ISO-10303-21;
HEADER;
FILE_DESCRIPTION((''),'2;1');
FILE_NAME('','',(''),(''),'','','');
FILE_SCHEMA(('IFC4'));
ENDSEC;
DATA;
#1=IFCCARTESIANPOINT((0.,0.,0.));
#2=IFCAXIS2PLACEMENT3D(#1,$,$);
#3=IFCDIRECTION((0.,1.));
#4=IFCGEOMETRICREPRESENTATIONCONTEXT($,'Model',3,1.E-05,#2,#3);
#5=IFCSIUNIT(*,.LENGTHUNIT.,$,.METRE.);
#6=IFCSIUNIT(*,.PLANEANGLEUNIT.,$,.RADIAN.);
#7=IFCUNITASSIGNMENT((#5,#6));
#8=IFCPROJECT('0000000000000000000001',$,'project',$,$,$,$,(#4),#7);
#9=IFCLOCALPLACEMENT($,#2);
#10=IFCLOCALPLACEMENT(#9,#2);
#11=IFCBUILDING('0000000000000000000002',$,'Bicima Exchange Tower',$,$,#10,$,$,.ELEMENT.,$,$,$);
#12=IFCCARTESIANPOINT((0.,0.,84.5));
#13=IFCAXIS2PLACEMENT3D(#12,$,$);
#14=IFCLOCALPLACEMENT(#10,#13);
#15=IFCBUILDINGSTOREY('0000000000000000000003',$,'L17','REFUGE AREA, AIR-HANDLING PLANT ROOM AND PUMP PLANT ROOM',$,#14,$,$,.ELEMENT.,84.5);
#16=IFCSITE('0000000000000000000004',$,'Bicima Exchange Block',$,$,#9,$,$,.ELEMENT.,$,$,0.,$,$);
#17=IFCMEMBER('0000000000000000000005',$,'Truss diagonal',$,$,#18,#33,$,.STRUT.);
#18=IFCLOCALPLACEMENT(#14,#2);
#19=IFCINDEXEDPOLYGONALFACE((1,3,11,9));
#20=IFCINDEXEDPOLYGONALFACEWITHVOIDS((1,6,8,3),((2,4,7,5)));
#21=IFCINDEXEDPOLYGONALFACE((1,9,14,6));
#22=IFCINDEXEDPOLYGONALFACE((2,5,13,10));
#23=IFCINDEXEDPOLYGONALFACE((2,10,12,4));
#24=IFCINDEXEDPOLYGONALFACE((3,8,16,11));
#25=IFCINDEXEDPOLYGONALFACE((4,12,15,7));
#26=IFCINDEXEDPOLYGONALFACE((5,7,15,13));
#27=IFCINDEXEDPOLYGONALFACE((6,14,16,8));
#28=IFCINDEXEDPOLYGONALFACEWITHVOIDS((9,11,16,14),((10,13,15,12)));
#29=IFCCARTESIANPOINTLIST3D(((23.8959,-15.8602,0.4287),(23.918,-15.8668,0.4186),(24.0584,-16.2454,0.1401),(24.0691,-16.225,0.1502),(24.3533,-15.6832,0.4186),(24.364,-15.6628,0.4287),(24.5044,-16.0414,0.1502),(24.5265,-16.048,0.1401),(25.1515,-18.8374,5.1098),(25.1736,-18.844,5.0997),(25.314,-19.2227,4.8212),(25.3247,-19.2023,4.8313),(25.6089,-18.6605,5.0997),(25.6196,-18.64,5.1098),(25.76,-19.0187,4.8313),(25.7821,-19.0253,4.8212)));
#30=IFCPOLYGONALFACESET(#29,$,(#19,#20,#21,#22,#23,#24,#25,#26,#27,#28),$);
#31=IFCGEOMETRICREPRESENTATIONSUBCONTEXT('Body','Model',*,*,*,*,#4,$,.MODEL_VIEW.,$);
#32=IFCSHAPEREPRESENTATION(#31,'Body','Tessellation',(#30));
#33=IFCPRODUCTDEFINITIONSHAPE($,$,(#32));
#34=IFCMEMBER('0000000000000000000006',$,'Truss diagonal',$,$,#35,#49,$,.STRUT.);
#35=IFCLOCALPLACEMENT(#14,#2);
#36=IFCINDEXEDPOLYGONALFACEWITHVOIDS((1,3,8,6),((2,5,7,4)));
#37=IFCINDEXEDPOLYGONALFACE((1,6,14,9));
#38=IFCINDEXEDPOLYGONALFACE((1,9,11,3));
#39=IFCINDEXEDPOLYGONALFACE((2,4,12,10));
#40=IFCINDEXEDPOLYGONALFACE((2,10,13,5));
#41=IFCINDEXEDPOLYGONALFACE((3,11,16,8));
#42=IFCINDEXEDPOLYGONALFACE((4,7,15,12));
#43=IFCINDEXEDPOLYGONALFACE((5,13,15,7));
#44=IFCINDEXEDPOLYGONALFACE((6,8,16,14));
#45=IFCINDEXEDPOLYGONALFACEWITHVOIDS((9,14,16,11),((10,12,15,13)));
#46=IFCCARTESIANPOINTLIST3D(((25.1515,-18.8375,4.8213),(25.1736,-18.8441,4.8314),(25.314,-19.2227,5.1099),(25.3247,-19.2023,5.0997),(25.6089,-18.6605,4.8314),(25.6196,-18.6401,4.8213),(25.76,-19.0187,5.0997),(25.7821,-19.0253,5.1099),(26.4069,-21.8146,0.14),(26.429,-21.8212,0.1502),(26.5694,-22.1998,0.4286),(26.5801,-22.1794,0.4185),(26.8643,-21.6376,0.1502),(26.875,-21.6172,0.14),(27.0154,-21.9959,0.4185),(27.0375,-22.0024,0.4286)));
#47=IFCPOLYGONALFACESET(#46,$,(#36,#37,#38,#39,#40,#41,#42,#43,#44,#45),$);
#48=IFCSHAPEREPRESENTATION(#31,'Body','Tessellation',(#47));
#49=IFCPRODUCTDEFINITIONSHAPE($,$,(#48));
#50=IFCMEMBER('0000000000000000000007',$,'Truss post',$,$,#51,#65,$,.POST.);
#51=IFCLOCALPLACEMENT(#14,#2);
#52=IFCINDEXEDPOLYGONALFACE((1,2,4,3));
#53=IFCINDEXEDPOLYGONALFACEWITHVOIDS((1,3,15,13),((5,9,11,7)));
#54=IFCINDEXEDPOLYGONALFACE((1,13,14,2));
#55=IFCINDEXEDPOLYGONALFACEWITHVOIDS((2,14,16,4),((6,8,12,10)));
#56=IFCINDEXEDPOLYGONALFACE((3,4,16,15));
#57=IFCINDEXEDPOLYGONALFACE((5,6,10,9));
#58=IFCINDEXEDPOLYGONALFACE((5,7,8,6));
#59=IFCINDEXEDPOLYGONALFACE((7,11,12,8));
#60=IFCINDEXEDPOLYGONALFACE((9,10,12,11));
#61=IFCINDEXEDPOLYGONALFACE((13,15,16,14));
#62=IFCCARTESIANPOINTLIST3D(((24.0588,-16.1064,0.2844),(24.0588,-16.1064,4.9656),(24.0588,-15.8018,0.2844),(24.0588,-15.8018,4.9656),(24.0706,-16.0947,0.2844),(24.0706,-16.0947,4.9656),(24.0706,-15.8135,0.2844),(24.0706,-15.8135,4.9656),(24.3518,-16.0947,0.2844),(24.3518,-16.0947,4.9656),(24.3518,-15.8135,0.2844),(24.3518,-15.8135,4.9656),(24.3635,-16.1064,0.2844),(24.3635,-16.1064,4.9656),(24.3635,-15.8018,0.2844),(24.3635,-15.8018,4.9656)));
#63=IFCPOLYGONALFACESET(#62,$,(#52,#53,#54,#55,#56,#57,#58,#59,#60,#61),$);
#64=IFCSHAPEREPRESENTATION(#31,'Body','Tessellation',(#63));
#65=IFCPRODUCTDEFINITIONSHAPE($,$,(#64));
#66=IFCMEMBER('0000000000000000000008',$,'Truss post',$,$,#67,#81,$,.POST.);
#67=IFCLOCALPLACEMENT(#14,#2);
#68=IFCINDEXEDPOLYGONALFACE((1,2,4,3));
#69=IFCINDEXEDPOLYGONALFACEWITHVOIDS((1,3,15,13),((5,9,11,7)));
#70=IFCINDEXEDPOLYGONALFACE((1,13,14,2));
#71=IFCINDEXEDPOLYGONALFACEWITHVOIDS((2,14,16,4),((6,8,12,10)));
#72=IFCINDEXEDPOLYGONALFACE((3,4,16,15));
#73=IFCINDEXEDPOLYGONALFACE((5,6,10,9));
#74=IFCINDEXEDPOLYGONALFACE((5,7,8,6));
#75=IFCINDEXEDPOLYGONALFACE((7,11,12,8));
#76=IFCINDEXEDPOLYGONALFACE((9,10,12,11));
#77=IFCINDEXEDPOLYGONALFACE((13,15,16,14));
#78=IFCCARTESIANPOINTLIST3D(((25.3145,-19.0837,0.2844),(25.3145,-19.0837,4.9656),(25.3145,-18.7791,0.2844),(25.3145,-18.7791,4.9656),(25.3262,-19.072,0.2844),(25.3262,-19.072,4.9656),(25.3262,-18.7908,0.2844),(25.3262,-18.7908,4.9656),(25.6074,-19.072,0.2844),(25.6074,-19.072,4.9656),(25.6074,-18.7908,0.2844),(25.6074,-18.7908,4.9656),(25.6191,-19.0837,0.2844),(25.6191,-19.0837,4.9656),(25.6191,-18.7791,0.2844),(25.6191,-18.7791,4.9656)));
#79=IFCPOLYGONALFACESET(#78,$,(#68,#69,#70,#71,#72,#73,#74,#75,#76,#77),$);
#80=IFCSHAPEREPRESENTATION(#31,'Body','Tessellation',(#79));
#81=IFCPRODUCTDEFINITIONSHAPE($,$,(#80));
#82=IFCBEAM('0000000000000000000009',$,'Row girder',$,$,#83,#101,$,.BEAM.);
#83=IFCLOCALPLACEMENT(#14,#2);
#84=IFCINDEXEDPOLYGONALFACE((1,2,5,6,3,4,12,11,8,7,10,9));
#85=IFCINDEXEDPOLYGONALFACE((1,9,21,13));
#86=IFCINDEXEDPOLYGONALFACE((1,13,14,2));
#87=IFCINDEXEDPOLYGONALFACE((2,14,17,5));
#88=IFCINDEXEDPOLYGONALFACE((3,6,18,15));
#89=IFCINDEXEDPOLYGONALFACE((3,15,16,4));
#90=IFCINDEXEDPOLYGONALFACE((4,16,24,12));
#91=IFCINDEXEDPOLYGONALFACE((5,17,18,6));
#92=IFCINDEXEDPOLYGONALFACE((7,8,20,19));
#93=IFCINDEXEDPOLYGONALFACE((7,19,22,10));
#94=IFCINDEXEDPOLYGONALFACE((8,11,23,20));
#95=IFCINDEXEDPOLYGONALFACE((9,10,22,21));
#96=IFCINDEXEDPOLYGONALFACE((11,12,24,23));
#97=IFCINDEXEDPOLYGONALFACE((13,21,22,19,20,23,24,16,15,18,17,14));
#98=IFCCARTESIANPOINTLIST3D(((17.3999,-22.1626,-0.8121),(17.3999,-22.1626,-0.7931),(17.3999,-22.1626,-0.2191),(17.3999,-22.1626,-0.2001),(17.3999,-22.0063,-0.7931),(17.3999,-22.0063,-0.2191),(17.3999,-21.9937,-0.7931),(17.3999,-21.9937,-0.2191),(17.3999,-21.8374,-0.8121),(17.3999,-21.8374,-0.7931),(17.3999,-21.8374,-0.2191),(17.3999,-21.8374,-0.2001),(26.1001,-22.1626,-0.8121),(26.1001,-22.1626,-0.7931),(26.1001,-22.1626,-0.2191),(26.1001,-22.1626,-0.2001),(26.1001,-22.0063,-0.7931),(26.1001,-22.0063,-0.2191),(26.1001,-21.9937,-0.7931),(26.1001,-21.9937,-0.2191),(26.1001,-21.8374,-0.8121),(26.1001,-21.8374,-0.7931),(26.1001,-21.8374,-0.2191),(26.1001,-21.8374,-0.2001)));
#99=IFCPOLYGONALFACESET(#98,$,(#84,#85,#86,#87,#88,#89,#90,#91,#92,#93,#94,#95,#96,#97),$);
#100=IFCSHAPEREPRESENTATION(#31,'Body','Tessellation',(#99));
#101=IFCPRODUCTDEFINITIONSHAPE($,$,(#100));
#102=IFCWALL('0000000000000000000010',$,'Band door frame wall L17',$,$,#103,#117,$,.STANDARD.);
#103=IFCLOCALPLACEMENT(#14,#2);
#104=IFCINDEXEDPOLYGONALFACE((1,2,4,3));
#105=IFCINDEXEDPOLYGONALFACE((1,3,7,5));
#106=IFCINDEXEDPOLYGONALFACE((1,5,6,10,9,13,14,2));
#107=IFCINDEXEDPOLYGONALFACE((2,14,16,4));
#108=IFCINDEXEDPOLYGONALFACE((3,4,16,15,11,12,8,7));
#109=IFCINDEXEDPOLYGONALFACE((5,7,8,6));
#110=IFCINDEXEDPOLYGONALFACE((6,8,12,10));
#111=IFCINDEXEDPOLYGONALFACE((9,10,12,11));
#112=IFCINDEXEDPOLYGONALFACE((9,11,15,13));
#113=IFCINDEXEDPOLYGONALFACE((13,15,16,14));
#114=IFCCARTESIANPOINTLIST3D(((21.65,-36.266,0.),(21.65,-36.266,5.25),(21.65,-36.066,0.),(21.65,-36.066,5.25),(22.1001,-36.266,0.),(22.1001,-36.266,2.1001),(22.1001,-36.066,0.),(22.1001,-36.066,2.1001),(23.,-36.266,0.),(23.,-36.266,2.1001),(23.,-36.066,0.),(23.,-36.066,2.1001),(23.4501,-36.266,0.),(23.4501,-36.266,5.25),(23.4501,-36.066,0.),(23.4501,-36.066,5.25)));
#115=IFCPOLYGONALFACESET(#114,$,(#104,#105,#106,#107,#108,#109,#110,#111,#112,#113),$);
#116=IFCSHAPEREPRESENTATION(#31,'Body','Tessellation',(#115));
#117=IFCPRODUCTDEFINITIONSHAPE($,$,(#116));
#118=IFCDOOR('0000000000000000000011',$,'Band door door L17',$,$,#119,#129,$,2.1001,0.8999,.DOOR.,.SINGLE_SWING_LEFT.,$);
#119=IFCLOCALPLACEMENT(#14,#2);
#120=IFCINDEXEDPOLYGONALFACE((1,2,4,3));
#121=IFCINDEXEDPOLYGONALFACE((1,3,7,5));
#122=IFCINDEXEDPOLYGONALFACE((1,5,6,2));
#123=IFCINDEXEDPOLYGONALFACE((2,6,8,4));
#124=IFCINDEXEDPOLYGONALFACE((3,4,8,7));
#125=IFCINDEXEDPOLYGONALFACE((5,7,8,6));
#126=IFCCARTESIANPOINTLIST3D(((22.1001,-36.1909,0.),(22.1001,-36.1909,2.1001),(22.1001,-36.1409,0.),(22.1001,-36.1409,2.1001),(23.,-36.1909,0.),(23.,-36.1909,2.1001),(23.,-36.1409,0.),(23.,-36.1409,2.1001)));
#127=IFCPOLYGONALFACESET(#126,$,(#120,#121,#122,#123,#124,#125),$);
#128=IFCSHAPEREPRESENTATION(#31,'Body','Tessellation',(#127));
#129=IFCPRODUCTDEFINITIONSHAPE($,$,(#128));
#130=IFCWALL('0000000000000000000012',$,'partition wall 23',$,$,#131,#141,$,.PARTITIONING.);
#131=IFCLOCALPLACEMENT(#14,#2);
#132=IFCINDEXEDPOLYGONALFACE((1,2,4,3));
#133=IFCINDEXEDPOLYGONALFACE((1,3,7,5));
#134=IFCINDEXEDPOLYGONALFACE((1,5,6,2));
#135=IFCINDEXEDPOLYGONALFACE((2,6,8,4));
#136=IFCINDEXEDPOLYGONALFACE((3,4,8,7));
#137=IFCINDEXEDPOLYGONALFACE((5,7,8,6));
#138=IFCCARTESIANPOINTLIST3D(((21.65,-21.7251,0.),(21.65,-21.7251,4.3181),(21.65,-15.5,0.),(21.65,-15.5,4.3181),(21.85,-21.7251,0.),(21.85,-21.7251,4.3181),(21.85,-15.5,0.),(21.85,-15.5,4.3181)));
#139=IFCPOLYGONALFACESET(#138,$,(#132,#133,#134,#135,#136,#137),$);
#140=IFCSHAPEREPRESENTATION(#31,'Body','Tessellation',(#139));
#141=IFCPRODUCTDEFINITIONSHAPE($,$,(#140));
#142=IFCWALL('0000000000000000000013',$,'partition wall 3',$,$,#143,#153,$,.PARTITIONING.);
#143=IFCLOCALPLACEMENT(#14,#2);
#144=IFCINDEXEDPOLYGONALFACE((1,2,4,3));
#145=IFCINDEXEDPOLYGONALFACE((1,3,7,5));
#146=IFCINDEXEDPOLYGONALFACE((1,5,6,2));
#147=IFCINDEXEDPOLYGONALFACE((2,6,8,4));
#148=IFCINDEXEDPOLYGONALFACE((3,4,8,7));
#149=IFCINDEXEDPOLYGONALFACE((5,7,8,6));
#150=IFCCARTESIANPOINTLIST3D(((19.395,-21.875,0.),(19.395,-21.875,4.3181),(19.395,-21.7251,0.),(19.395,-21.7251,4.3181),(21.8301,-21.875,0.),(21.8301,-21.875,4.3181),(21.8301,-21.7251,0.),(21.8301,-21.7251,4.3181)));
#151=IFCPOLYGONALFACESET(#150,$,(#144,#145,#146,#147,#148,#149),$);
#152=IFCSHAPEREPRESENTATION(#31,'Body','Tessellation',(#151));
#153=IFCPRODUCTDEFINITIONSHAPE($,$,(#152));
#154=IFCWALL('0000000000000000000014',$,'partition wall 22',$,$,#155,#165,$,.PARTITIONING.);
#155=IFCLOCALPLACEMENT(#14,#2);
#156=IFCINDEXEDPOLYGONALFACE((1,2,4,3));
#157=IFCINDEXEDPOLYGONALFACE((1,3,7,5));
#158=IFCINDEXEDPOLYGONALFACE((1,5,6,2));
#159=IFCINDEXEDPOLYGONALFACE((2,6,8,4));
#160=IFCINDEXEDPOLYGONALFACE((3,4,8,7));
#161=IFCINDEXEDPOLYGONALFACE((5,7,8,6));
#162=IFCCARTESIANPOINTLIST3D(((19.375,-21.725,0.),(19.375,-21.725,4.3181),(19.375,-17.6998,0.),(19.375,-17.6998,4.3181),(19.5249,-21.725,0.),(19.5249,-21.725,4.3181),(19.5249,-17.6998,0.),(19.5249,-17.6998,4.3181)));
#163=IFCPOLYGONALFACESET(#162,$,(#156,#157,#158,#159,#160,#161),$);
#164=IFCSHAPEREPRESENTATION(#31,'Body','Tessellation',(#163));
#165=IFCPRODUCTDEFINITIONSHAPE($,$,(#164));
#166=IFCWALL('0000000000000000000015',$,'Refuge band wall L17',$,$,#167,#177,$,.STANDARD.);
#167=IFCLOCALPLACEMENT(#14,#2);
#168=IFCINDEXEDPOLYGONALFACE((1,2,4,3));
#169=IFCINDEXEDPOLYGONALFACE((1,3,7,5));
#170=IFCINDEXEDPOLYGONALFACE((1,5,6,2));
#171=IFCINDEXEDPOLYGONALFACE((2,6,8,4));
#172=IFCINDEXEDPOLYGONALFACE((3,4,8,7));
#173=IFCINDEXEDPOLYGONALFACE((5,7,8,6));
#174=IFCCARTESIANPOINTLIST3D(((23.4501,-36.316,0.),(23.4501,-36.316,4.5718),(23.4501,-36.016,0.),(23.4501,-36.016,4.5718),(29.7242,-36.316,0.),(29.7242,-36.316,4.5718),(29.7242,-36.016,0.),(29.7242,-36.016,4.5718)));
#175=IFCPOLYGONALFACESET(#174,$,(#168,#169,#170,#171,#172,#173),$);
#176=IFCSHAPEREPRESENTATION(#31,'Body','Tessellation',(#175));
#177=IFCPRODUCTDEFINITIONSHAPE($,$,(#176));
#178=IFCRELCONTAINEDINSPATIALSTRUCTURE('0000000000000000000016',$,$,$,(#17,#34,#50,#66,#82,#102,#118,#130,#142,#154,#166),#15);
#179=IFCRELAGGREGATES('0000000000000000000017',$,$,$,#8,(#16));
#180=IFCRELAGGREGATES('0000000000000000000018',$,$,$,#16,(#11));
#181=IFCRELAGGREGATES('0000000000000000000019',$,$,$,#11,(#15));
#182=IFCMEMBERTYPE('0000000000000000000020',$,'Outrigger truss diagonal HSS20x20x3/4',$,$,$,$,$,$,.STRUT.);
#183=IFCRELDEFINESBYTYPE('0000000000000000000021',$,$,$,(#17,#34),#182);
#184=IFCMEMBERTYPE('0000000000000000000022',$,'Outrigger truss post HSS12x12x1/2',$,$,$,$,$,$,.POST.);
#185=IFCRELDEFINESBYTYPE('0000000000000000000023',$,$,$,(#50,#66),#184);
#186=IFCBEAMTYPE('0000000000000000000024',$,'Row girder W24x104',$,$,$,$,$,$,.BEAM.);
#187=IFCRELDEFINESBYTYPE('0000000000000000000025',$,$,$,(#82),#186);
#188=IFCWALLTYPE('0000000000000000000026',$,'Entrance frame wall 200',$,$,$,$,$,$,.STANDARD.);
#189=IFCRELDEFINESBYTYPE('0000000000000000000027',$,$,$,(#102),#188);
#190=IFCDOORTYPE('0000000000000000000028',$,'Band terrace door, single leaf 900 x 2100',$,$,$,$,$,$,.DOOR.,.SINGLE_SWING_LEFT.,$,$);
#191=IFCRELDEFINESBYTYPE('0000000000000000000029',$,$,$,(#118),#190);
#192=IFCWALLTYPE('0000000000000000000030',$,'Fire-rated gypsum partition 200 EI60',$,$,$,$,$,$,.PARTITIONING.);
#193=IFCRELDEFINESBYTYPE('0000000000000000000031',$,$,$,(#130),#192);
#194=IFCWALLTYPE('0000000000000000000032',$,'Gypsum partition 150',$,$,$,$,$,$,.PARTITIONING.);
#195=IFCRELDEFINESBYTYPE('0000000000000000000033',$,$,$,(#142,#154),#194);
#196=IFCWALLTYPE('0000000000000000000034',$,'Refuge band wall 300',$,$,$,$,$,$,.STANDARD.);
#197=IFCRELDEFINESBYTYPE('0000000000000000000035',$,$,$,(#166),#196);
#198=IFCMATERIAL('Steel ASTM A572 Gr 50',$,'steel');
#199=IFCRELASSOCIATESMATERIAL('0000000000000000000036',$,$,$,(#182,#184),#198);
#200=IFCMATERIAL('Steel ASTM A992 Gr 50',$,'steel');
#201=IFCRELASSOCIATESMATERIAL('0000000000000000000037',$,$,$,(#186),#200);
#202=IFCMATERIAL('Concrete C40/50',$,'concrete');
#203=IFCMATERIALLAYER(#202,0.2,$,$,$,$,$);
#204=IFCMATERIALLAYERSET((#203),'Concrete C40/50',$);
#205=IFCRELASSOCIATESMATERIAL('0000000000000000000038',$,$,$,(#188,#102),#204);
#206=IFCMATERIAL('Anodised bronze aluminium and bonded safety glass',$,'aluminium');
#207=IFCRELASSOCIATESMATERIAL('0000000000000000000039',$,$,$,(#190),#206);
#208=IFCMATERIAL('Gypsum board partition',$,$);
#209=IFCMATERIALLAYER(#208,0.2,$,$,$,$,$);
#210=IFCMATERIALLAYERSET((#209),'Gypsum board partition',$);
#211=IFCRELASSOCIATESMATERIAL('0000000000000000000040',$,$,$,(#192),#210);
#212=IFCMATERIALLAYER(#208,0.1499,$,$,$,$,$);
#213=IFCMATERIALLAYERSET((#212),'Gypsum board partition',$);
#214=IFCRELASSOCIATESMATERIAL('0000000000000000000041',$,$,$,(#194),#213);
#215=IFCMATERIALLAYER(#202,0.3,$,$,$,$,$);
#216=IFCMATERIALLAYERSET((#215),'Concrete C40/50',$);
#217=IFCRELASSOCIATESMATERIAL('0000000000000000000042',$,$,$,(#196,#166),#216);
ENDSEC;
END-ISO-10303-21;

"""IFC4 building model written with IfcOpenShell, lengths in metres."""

from ifc_helpers import new_model, si_unit, direction, frame, frame_2d, origin, origin_2d, place, context, subcontext, project, spatial, rectangle, hollow_rectangle, i_section, extrude, material, layer, layer_set, layer_usage, material_profile, profile_set, type_object, element, fill, save


model = new_model("IFC4")

# Units and contexts
model_context = context("Model", 3, precision=1e-05, world=origin(), true_north=direction((0.0, 1.0)))
body_context = subcontext(model_context, "Body", "Model", "MODEL_VIEW")
ifc_project = project(units=[si_unit("LENGTHUNIT", "METRE"), si_unit("PLANEANGLEUNIT", "RADIAN")], contexts=[model_context])

# Site, building, storey
site_placement = place(None, origin())
site = spatial("IfcSite", under=ifc_project, at=site_placement, Name="Bicima Exchange Block", CompositionType="ELEMENT", RefElevation=0.0)
building_placement = place(site_placement, origin())
building = spatial("IfcBuilding", under=site, at=building_placement, Name="Bicima Exchange Tower", CompositionType="ELEMENT")
storey_placement = place(building_placement, frame((0.0, 0.0, 84.5)))
storey = spatial("IfcBuildingStorey", under=building, at=storey_placement, Name="L17", Description="REFUGE AREA, AIR-HANDLING PLANT ROOM AND PUMP PLANT ROOM", CompositionType="ELEMENT", Elevation=84.5)

# Shared definitions
ifc_material_1 = material(Name="Steel ASTM A992 Gr 50", Category="steel")

# Shared definitions
ifc_material_2 = material(Name="Steel ASTM A572 Gr 50", Category="steel")

# Members
ifc_material_profile_1 = material_profile(ifc_material_2, hollow_rectangle(XDim=0.5081, YDim=0.5081, WallThickness=0.0178, at=origin_2d()))
ifc_profile_set_1 = profile_set([ifc_material_profile_1], Name="Steel ASTM A572 Gr 50")
member_type_1 = type_object("IfcMemberType", Name="Outrigger truss diagonal HSS20x20x3/4", PredefinedType="STRUT", material=ifc_profile_set_1)
for number, where, z_axis, x_axis, name in (
    (1, (24.2112, -15.9541, 0.2844), (0.220746, -0.523429, 0.822979), (0.921412, 0.388587, 0.0), "Truss diagonal"),
    (2, (25.4668, -18.9314, 4.9656), (0.22071, -0.523403, -0.823005), (0.921428, 0.38855, 0.0), "Truss diagonal"),
):
    element("IfcMember", number, at=place(storey_placement, frame(where, z_axis=z_axis, x_axis=x_axis)), inside=storey, type_object=member_type_1, Name=name, PredefinedType="STRUT", context=body_context, shape_type="SweptSolid", body=[
        extrude(hollow_rectangle(XDim=0.5081, YDim=0.5081, WallThickness=0.0178, at=origin_2d()), origin(), (0.0, 0.0, 1.0), 5.688),
    ])
ifc_material_profile_2 = material_profile(ifc_material_2, hollow_rectangle(XDim=0.3047, YDim=0.3047, WallThickness=0.0117, at=origin_2d()))
ifc_profile_set_2 = profile_set([ifc_material_profile_2], Name="Steel ASTM A572 Gr 50")
member_type_2 = type_object("IfcMemberType", Name="Outrigger truss post HSS12x12x1/2", PredefinedType="POST", material=ifc_profile_set_2)
for number, where, z_axis, x_axis, name in (
    (3, (24.2112, -15.9541, 0.2844), (0.0, 0.0, 1.0), (1.0, 0.0, 0.0), "Truss post"),
    (4, (25.4668, -18.9314, 0.2844), (0.0, 0.0, 1.0), (1.0, 0.0, 0.0), "Truss post"),
):
    element("IfcMember", number, at=place(storey_placement, frame(where, z_axis=z_axis, x_axis=x_axis)), inside=storey, type_object=member_type_2, Name=name, PredefinedType="POST", context=body_context, shape_type="SweptSolid", body=[
        extrude(hollow_rectangle(XDim=0.3047, YDim=0.3047, WallThickness=0.0117, at=origin_2d()), origin(), (0.0, 0.0, 1.0), 4.6812),
    ])

# Beam
ifc_material_profile_3 = material_profile(ifc_material_1, i_section(OverallWidth=0.3252, OverallDepth=0.6121, WebThickness=0.0127, FlangeThickness=0.019, at=origin_2d()))
ifc_profile_set_3 = profile_set([ifc_material_profile_3], Name="Steel ASTM A992 Gr 50")
beam_type_1 = type_object("IfcBeamType", Name="Row girder W24x104", PredefinedType="BEAM", material=ifc_profile_set_3)
beam_placement = place(storey_placement, frame((17.3999, -22.0, -0.5061), z_axis=(1.0, 0.0, 0.0), x_axis=(0.0, 1.0, 0.0)))
element("IfcBeam", 5, at=beam_placement, inside=storey, type_object=beam_type_1, Name="Row girder", PredefinedType="BEAM", context=body_context, shape_type="SweptSolid", body=[
    extrude(i_section(OverallWidth=0.3252, OverallDepth=0.6121, WebThickness=0.0127, FlangeThickness=0.019, at=origin_2d()), origin(), (0.0, 0.0, 1.0), 8.7002),
])

# Wall, opening, door
ifc_material_3 = material(Name="Concrete C40/50", Category="concrete")
ifc_layer_1 = layer(ifc_material_3, 0.2)
ifc_layer_set_1 = layer_set([ifc_layer_1], Name="Concrete C40/50")
ifc_layer_usage_1 = layer_usage(ifc_layer_set_1, "AXIS2", "POSITIVE", -0.1)
wall_type_1 = type_object("IfcWallType", Name="Entrance frame wall 200", PredefinedType="STANDARD", material=ifc_layer_set_1)
wall_1_placement = place(storey_placement, frame((23.45, -36.166, 0.0), z_axis=(0.0, 0.0, 1.0), x_axis=(-1.0, 0.0, 0.0)))
wall_1 = element("IfcWall", 6, at=wall_1_placement, inside=storey, type_object=wall_type_1, material=ifc_layer_usage_1, Name="Band door frame wall L17", PredefinedType="STANDARD", context=body_context, shape_type="SweptSolid", body=[
    extrude(rectangle(XDim=1.8, YDim=0.2, at=frame_2d((0.8999, 0.0))), origin(), (0.0, 0.0, 1.0), 5.25),
])
opening_placement = place(wall_1_placement, frame((0.45, 0.0, 0.0)))
opening = element("IfcOpeningElement", 7, at=opening_placement, cuts=wall_1, PredefinedType="OPENING", context=body_context, shape_type="SweptSolid", body=[
    extrude(rectangle(XDim=0.8999, YDim=2.1001, at=frame_2d((0.45, 1.05))), frame((0.0, 0.1118, 0.0), z_axis=(0.0, -1.0, 0.0), x_axis=(1.0, 0.0, 0.0)), (0.0, 0.0, 1.0), 0.2239),
])
ifc_material_4 = material(Name="Anodised bronze aluminium and bonded safety glass", Category="aluminium")
door_type = type_object("IfcDoorType", Name="Band terrace door, single leaf 900 x 2100", OperationType="SINGLE_SWING_LEFT", PredefinedType="DOOR", material=ifc_material_4)
door_placement = place(opening_placement, origin())
door = element("IfcDoor", 8, at=door_placement, inside=storey, type_object=door_type, Name="Band door door L17", OperationType="SINGLE_SWING_LEFT", OverallHeight=2.1001, OverallWidth=0.8999, PredefinedType="DOOR", context=body_context, shape_type="SweptSolid", body=[
    extrude(rectangle(XDim=0.8999, YDim=2.1001, at=frame_2d((0.45, 1.05))), frame((0.0, 0.0249, 0.0), z_axis=(0.0, -1.0, 0.0), x_axis=(1.0, 0.0, 0.0)), (0.0, 0.0, 1.0), 0.05),
])
fill(opening, door)

# Walls
ifc_material_5 = material(Name="Gypsum board partition")
ifc_layer_2 = layer(ifc_material_5, 0.2)
ifc_layer_set_2 = layer_set([ifc_layer_2], Name="Gypsum board partition")
wall_type_2 = type_object("IfcWallType", Name="Fire-rated gypsum partition 200 EI60", PredefinedType="PARTITIONING", material=ifc_layer_set_2)
wall_2_placement = place(storey_placement, frame((21.75, -21.7251, 0.0), z_axis=(0.0, 0.0, 1.0), x_axis=(0.0, 1.0, 0.0)))
element("IfcWall", 9, at=wall_2_placement, inside=storey, type_object=wall_type_2, Name="partition wall 23", PredefinedType="PARTITIONING", context=body_context, shape_type="SweptSolid", body=[
    extrude(rectangle(XDim=6.2251, YDim=0.2, at=frame_2d((3.1125, 0.0))), origin(), (0.0, 0.0, 1.0), 4.3181),
])
ifc_layer_3 = layer(ifc_material_5, 0.1499)
ifc_layer_set_3 = layer_set([ifc_layer_3], Name="Gypsum board partition")
wall_type_3 = type_object("IfcWallType", Name="Gypsum partition 150", PredefinedType="PARTITIONING", material=ifc_layer_set_3)
wall_3_placement = place(storey_placement, frame((19.395, -21.8, 0.0), z_axis=(0.0, 0.0, 1.0), x_axis=(1.0, 0.0, 0.0)))
element("IfcWall", 10, at=wall_3_placement, inside=storey, type_object=wall_type_3, Name="partition wall 3", PredefinedType="PARTITIONING", context=body_context, shape_type="SweptSolid", body=[
    extrude(rectangle(XDim=2.4351, YDim=0.1499, at=frame_2d((1.2175, 0.0))), origin(), (0.0, 0.0, 1.0), 4.3181),
])
wall_4_placement = place(storey_placement, frame((19.45, -21.7251, 0.0), z_axis=(0.0, 0.0, 1.0), x_axis=(0.0, 1.0, 0.0)))
element("IfcWall", 11, at=wall_4_placement, inside=storey, type_object=wall_type_3, Name="partition wall 22", PredefinedType="PARTITIONING", context=body_context, shape_type="SweptSolid", body=[
    extrude(rectangle(XDim=4.0251, YDim=0.1499, at=frame_2d((2.0127, 0.0))), origin(), (0.0, 0.0, 1.0), 4.3181),
])
ifc_layer_4 = layer(ifc_material_3, 0.3)
ifc_layer_set_4 = layer_set([ifc_layer_4], Name="Concrete C40/50")
ifc_layer_usage_2 = layer_usage(ifc_layer_set_4, "AXIS2", "POSITIVE", -0.15)
wall_type_4 = type_object("IfcWallType", Name="Refuge band wall 300", PredefinedType="STANDARD", material=ifc_layer_set_4)
wall_5_placement = place(storey_placement, frame((23.45, -36.166, 0.0), z_axis=(0.0, 0.0, 1.0), x_axis=(1.0, 0.0, 0.0)))
element("IfcWall", 12, at=wall_5_placement, inside=storey, type_object=wall_type_4, material=ifc_layer_usage_2, Name="Refuge band wall L17", PredefinedType="STANDARD", context=body_context, shape_type="SweptSolid", body=[
    extrude(rectangle(XDim=6.2742, YDim=0.3, at=frame_2d((3.1372, 0.0))), origin(), (0.0, 0.0, 1.0), 4.5718),
])

save(model, "model.ifc")
